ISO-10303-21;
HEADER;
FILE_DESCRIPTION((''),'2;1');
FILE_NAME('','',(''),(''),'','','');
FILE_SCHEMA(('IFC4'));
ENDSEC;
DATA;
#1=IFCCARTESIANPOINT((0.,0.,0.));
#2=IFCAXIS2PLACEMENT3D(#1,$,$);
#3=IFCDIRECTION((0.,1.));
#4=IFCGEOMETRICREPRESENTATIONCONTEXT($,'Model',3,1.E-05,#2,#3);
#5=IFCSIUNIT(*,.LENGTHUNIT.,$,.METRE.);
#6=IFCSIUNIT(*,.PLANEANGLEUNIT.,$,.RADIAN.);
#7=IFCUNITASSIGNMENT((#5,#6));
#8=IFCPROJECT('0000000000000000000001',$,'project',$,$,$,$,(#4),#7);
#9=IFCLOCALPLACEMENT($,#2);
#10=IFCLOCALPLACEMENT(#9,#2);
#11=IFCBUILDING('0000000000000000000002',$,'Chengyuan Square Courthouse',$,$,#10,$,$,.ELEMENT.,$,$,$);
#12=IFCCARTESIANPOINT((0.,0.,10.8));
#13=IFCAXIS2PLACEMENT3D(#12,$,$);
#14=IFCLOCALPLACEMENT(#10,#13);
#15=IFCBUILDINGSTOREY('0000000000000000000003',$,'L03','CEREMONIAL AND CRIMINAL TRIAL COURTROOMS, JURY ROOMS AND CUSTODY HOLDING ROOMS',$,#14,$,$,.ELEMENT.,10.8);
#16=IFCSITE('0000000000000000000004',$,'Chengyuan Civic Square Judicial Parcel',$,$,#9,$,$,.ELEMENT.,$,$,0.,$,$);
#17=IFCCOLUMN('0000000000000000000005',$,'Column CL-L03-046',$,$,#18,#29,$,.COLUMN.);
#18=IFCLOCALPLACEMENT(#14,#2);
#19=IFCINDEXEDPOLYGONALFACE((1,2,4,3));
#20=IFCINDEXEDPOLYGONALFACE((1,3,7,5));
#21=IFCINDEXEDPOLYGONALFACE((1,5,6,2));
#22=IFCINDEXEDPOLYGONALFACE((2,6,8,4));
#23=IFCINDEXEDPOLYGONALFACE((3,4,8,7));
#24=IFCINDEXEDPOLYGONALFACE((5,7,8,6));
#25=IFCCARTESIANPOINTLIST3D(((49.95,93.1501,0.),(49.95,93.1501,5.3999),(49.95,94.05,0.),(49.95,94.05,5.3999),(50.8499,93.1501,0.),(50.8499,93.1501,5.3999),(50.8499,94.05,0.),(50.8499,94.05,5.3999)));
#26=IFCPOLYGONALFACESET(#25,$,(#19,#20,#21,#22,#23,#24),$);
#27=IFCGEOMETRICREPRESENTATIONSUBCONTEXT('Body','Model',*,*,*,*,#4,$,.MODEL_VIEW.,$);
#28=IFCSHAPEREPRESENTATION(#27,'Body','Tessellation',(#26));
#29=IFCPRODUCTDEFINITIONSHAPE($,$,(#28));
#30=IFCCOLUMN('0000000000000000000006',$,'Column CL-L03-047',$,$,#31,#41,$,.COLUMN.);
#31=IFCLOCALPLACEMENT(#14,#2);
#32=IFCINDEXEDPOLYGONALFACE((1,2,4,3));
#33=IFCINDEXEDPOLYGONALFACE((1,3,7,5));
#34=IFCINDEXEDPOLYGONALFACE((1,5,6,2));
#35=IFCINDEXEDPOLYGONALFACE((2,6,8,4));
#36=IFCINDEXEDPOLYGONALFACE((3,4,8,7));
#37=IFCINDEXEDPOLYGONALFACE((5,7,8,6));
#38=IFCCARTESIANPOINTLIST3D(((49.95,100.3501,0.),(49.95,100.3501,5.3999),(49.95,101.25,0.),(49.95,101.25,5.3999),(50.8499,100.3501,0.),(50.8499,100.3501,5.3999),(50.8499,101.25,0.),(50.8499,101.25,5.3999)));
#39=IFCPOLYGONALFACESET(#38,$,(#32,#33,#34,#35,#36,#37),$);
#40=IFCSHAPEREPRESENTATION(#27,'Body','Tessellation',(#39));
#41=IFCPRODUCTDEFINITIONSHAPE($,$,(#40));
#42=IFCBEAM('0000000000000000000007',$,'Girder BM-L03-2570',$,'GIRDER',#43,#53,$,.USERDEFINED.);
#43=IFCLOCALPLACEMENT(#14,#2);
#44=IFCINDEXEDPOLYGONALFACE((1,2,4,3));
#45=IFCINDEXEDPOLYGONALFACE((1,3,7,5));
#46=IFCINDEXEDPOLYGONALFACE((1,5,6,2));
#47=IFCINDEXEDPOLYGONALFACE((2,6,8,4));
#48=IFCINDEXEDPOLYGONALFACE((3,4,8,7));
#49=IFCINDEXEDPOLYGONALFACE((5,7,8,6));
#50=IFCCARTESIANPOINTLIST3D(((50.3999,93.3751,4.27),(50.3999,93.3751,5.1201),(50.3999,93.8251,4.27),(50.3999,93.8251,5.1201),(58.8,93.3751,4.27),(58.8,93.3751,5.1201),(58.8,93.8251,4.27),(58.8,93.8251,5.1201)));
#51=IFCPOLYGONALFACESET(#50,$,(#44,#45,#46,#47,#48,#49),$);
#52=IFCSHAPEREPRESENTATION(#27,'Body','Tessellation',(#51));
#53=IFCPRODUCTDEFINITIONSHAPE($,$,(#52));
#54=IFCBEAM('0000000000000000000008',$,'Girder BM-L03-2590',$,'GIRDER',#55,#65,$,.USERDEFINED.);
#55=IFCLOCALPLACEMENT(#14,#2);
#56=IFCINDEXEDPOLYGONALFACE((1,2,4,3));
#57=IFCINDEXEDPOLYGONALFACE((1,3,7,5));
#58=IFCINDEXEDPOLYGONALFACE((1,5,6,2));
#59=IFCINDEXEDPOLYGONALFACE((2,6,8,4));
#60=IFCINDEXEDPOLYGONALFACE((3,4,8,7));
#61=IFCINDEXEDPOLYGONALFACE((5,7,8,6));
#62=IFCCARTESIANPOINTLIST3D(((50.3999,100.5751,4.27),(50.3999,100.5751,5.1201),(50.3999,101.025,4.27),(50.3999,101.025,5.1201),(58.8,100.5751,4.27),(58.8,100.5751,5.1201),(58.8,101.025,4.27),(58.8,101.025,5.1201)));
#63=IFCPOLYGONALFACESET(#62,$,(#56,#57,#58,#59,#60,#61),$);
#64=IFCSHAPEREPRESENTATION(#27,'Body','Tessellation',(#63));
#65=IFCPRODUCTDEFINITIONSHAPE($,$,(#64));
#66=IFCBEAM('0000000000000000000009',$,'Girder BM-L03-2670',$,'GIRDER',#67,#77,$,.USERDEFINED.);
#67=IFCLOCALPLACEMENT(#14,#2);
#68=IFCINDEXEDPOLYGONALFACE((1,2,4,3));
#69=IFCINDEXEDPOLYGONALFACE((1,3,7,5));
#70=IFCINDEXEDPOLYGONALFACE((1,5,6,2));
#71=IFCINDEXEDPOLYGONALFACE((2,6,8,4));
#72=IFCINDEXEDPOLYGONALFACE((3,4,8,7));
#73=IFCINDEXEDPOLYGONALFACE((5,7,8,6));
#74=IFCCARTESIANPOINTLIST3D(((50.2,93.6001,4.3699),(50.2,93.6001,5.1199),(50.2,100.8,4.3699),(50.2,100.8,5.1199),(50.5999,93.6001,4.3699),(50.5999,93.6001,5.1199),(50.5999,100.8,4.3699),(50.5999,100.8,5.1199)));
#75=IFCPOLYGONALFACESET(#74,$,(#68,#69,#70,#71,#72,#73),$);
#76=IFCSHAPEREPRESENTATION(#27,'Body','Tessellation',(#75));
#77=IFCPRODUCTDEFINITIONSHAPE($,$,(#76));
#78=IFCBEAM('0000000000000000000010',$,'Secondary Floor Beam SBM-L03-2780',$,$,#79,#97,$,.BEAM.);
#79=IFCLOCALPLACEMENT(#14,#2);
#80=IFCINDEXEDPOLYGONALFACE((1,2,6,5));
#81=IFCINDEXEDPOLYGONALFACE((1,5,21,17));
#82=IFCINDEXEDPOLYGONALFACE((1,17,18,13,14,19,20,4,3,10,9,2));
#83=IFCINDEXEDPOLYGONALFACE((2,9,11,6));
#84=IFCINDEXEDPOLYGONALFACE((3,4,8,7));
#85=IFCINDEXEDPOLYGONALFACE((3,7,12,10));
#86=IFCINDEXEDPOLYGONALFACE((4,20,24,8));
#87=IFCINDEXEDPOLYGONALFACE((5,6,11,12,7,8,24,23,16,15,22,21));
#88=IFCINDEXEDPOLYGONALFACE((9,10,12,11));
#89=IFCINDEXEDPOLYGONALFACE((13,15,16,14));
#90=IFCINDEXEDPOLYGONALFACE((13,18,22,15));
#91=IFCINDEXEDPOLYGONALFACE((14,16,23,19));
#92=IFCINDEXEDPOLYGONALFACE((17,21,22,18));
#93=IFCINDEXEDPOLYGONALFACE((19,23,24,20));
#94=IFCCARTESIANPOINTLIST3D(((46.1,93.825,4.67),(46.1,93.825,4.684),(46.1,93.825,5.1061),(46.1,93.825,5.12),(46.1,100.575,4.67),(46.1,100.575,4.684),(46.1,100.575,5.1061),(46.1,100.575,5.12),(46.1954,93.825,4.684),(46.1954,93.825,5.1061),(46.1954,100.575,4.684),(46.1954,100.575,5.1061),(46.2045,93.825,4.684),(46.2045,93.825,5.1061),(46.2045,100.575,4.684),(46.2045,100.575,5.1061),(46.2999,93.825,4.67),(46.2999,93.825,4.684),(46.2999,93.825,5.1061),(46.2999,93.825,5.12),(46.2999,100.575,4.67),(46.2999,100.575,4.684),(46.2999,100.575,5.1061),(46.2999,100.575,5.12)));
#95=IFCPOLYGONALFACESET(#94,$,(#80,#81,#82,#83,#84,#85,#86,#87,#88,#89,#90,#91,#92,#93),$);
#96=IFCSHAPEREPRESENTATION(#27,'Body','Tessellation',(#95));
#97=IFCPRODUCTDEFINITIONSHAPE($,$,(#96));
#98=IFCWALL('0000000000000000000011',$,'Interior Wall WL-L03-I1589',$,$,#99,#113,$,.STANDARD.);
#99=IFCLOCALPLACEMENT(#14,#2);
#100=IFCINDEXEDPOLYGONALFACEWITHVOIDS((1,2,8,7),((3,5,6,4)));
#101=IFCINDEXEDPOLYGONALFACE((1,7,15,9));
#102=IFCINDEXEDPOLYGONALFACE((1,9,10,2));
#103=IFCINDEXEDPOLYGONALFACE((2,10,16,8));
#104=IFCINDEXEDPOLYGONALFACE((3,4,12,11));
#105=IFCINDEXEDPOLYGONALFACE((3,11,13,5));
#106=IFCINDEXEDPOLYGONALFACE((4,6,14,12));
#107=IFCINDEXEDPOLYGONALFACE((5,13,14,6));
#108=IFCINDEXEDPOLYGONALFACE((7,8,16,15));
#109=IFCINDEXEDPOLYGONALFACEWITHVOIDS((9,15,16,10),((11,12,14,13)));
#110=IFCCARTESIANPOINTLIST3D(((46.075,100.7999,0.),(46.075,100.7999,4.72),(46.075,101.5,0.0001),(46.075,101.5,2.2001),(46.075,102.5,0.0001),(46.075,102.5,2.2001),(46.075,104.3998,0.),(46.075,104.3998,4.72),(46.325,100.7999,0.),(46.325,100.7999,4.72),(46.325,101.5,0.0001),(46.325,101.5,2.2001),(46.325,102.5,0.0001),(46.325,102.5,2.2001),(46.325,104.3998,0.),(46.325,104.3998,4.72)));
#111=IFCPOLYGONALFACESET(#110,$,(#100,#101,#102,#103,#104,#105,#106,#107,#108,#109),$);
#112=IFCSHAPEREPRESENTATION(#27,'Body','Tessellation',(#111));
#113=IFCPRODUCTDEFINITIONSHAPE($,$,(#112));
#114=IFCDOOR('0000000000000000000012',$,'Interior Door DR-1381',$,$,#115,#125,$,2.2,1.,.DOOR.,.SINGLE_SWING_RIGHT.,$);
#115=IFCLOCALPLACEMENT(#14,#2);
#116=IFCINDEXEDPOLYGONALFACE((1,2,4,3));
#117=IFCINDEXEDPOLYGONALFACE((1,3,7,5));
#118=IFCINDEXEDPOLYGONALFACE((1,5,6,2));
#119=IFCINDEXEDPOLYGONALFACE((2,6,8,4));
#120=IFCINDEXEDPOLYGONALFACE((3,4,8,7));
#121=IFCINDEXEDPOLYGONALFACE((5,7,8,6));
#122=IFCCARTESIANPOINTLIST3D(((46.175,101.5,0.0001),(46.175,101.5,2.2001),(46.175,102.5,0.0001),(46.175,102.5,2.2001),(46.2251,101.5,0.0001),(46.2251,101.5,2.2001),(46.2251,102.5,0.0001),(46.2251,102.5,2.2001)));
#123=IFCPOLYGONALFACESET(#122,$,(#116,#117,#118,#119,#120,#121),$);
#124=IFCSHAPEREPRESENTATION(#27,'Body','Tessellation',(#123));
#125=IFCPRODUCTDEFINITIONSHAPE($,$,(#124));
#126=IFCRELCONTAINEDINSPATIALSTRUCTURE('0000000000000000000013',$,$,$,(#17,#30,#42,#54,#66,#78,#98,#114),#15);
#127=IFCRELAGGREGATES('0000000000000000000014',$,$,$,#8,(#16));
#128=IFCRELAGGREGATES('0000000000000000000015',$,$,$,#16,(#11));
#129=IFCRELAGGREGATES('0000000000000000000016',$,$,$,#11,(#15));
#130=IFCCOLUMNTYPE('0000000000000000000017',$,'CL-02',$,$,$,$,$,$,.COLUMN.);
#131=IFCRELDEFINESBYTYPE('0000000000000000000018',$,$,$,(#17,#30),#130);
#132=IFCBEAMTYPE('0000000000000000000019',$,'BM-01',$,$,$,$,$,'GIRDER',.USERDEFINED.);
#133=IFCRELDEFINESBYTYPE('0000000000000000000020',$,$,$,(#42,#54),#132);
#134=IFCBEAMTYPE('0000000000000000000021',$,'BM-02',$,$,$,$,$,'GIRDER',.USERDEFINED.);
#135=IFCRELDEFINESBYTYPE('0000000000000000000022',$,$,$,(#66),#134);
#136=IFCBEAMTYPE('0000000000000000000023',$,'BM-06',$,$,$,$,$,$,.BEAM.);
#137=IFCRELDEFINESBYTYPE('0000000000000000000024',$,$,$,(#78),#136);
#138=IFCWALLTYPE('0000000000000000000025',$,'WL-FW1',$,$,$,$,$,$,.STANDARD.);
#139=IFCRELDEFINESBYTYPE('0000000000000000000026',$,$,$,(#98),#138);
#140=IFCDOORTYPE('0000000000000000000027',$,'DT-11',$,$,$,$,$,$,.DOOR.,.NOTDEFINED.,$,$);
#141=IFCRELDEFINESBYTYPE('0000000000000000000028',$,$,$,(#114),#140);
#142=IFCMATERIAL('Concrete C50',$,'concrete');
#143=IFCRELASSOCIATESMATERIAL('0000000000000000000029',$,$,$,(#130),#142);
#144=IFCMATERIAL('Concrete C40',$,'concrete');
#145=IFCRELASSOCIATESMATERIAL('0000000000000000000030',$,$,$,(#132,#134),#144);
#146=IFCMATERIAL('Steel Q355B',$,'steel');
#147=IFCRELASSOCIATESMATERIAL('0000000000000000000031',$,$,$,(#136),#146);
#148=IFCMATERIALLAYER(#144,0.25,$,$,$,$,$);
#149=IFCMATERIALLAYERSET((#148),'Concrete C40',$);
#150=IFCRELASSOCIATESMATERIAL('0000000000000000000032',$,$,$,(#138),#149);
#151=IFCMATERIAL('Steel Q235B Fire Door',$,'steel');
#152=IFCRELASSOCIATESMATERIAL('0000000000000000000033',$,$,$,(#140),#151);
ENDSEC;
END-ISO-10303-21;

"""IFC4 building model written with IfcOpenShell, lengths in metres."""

from ifc_helpers import new_model, si_unit, direction, frame, frame_2d, origin, origin_2d, place, context, subcontext, project, spatial, rectangle, i_section, extrude, material, layer, layer_set, material_profile, profile_set, type_object, element, fill, save


model = new_model("IFC4")

# Units and contexts
model_context = context("Model", 3, precision=1e-05, world=origin(), true_north=direction((0.0, 1.0)))
body_context = subcontext(model_context, "Body", "Model", "MODEL_VIEW")
ifc_project = project(units=[si_unit("LENGTHUNIT", "METRE"), si_unit("PLANEANGLEUNIT", "RADIAN")], contexts=[model_context])

# Site, building, storey
site_placement = place(None, origin())
site = spatial("IfcSite", under=ifc_project, at=site_placement, Name="Chengyuan Civic Square Judicial Parcel", CompositionType="ELEMENT", RefElevation=0.0)
building_placement = place(site_placement, origin())
building = spatial("IfcBuilding", under=site, at=building_placement, Name="Chengyuan Square Courthouse", CompositionType="ELEMENT")
storey_placement = place(building_placement, frame((0.0, 0.0, 10.8)))
storey = spatial("IfcBuildingStorey", under=building, at=storey_placement, Name="L03", Description="CEREMONIAL AND CRIMINAL TRIAL COURTROOMS, JURY ROOMS AND CUSTODY HOLDING ROOMS", CompositionType="ELEMENT", Elevation=10.8)

# Columns
ifc_material_1 = material(Name="Concrete C50", Category="concrete")
ifc_material_profile_1 = material_profile(ifc_material_1, rectangle(XDim=0.8999, YDim=0.8999, at=origin_2d()), Name="RC-COL-900x900")
ifc_profile_set_1 = profile_set([ifc_material_profile_1], Name="Concrete C50")
column_type = type_object("IfcColumnType", Name="CL-02", PredefinedType="COLUMN", material=ifc_profile_set_1)
for number, where, z_axis, x_axis, name in (
    (1, (50.3999, 93.6001, 0.0), (0.0, 0.0, 1.0), (1.0, 0.0, 0.0), "Column CL-L03-046"),
    (2, (50.3999, 100.8, 0.0), (0.0, 0.0, 1.0), (1.0, 0.0, 0.0), "Column CL-L03-047"),
):
    element("IfcColumn", number, at=place(storey_placement, frame(where, z_axis=z_axis, x_axis=x_axis)), inside=storey, type_object=column_type, Name=name, PredefinedType="COLUMN", context=body_context, shape_type="SweptSolid", body=[
        extrude(rectangle(XDim=0.8999, YDim=0.8999, at=origin_2d()), origin(), (0.0, 0.0, 1.0), 5.3999),
    ])

# Beams
ifc_material_2 = material(Name="Concrete C40", Category="concrete")
ifc_material_profile_2 = material_profile(ifc_material_2, rectangle(XDim=0.45, YDim=0.8501, at=origin_2d()), Name="RC-BM-450x850")
ifc_profile_set_2 = profile_set([ifc_material_profile_2], Name="Concrete C40")
beam_type_1 = type_object("IfcBeamType", Name="BM-01", ElementType="GIRDER", PredefinedType="USERDEFINED", material=ifc_profile_set_2)
for number, where, z_axis, x_axis, name in (
    (3, (50.3999, 93.6001, 4.6951), (1.0, 0.0, 0.0), (0.0, 1.0, 0.0), "Girder BM-L03-2570"),
    (4, (50.3999, 100.8, 4.6951), (1.0, 0.0, 0.0), (0.0, 1.0, 0.0), "Girder BM-L03-2590"),
):
    element("IfcBeam", number, at=place(storey_placement, frame(where, z_axis=z_axis, x_axis=x_axis)), inside=storey, type_object=beam_type_1, Name=name, ObjectType="GIRDER", PredefinedType="USERDEFINED", context=body_context, shape_type="SweptSolid", body=[
        extrude(rectangle(XDim=0.45, YDim=0.8501, at=origin_2d()), origin(), (0.0, 0.0, 1.0), 8.4001),
    ])
ifc_material_profile_3 = material_profile(ifc_material_2, rectangle(XDim=0.3999, YDim=0.75, at=origin_2d()), Name="RC-BM-400x750")
ifc_profile_set_3 = profile_set([ifc_material_profile_3], Name="Concrete C40")
beam_type_2 = type_object("IfcBeamType", Name="BM-02", ElementType="GIRDER", PredefinedType="USERDEFINED", material=ifc_profile_set_3)
beam_1_placement = place(storey_placement, frame((50.3999, 93.6001, 4.7449), z_axis=(0.0, 1.0, 0.0), x_axis=(-1.0, 0.0, 0.0)))
element("IfcBeam", 5, at=beam_1_placement, inside=storey, type_object=beam_type_2, Name="Girder BM-L03-2670", ObjectType="GIRDER", PredefinedType="USERDEFINED", context=body_context, shape_type="SweptSolid", body=[
    extrude(rectangle(XDim=0.3999, YDim=0.75, at=origin_2d()), origin(), (0.0, 0.0, 1.0), 7.2),
])
ifc_material_3 = material(Name="Steel Q355B", Category="steel")
ifc_material_profile_4 = material_profile(ifc_material_3, i_section(OverallWidth=0.2, OverallDepth=0.45, WebThickness=0.009, FlangeThickness=0.0139, at=origin_2d()), Name="HN 450x200x9x14")
ifc_profile_set_4 = profile_set([ifc_material_profile_4], Name="Steel Q355B")
beam_type_3 = type_object("IfcBeamType", Name="BM-06", PredefinedType="BEAM", material=ifc_profile_set_4)
beam_2_placement = place(storey_placement, frame((46.2, 93.825, 4.895), z_axis=(0.0, 1.0, 0.0), x_axis=(-1.0, 0.0, 0.0)))
element("IfcBeam", 6, at=beam_2_placement, inside=storey, type_object=beam_type_3, Name="Secondary Floor Beam SBM-L03-2780", PredefinedType="BEAM", context=body_context, shape_type="SweptSolid", body=[
    extrude(i_section(OverallWidth=0.2, OverallDepth=0.45, WebThickness=0.009, FlangeThickness=0.0139, at=origin_2d()), origin(), (0.0, 0.0, 1.0), 6.75),
])

# Wall, opening, door
ifc_layer_1 = layer(ifc_material_2, 0.25)
ifc_layer_set_1 = layer_set([ifc_layer_1], Name="Concrete C40")
wall_type_1 = type_object("IfcWallType", Name="WL-FW1", PredefinedType="STANDARD", material=ifc_layer_set_1)
wall_1_placement = place(storey_placement, frame((46.2, 100.8, 0.0), z_axis=(0.0, 0.0, 1.0), x_axis=(0.0, 1.0, 0.0)))
wall_1 = element("IfcWall", 7, at=wall_1_placement, inside=storey, type_object=wall_type_1, Name="Interior Wall WL-L03-I1589", PredefinedType="STANDARD", context=body_context, shape_type="SweptSolid", body=[
    extrude(rectangle(XDim=3.5999, YDim=0.25, at=frame_2d((1.7998, 0.0))), origin(), (0.0, 0.0, 1.0), 4.72),
])
opening_1_placement = place(wall_1_placement, frame((0.7, 0.0, 0.0)))
opening_1 = element("IfcOpeningElement", 8, at=opening_1_placement, cuts=wall_1, PredefinedType="OPENING", context=body_context, shape_type="SweptSolid", body=[
    extrude(rectangle(XDim=1.0, YDim=2.2, at=frame_2d((0.5, 1.1001))), frame((0.0, 0.137, 0.0), z_axis=(0.0, -1.0, 0.0), x_axis=(1.0, 0.0, 0.0)), (0.0, 0.0, 1.0), 0.2739),
])
ifc_material_4 = material(Name="Steel Q235B Fire Door", Category="steel")
door_type_1 = type_object("IfcDoorType", Name="DT-11", OperationType="NOTDEFINED", PredefinedType="DOOR", material=ifc_material_4)
door_1_placement = place(opening_1_placement, origin())
door_1 = element("IfcDoor", 9, at=door_1_placement, inside=storey, type_object=door_type_1, Name="Interior Door DR-1381", OperationType="SINGLE_SWING_RIGHT", OverallHeight=2.2, OverallWidth=1.0, PredefinedType="DOOR", context=body_context, shape_type="SweptSolid", body=[
    extrude(rectangle(XDim=1.0, YDim=2.2, at=frame_2d((0.5, 1.1001))), frame((0.0, 0.0249, 0.0), z_axis=(0.0, -1.0, 0.0), x_axis=(1.0, 0.0, 0.0)), (0.0, 0.0, 1.0), 0.05),
])
fill(opening_1, door_1)

save(model, "model.ifc")
